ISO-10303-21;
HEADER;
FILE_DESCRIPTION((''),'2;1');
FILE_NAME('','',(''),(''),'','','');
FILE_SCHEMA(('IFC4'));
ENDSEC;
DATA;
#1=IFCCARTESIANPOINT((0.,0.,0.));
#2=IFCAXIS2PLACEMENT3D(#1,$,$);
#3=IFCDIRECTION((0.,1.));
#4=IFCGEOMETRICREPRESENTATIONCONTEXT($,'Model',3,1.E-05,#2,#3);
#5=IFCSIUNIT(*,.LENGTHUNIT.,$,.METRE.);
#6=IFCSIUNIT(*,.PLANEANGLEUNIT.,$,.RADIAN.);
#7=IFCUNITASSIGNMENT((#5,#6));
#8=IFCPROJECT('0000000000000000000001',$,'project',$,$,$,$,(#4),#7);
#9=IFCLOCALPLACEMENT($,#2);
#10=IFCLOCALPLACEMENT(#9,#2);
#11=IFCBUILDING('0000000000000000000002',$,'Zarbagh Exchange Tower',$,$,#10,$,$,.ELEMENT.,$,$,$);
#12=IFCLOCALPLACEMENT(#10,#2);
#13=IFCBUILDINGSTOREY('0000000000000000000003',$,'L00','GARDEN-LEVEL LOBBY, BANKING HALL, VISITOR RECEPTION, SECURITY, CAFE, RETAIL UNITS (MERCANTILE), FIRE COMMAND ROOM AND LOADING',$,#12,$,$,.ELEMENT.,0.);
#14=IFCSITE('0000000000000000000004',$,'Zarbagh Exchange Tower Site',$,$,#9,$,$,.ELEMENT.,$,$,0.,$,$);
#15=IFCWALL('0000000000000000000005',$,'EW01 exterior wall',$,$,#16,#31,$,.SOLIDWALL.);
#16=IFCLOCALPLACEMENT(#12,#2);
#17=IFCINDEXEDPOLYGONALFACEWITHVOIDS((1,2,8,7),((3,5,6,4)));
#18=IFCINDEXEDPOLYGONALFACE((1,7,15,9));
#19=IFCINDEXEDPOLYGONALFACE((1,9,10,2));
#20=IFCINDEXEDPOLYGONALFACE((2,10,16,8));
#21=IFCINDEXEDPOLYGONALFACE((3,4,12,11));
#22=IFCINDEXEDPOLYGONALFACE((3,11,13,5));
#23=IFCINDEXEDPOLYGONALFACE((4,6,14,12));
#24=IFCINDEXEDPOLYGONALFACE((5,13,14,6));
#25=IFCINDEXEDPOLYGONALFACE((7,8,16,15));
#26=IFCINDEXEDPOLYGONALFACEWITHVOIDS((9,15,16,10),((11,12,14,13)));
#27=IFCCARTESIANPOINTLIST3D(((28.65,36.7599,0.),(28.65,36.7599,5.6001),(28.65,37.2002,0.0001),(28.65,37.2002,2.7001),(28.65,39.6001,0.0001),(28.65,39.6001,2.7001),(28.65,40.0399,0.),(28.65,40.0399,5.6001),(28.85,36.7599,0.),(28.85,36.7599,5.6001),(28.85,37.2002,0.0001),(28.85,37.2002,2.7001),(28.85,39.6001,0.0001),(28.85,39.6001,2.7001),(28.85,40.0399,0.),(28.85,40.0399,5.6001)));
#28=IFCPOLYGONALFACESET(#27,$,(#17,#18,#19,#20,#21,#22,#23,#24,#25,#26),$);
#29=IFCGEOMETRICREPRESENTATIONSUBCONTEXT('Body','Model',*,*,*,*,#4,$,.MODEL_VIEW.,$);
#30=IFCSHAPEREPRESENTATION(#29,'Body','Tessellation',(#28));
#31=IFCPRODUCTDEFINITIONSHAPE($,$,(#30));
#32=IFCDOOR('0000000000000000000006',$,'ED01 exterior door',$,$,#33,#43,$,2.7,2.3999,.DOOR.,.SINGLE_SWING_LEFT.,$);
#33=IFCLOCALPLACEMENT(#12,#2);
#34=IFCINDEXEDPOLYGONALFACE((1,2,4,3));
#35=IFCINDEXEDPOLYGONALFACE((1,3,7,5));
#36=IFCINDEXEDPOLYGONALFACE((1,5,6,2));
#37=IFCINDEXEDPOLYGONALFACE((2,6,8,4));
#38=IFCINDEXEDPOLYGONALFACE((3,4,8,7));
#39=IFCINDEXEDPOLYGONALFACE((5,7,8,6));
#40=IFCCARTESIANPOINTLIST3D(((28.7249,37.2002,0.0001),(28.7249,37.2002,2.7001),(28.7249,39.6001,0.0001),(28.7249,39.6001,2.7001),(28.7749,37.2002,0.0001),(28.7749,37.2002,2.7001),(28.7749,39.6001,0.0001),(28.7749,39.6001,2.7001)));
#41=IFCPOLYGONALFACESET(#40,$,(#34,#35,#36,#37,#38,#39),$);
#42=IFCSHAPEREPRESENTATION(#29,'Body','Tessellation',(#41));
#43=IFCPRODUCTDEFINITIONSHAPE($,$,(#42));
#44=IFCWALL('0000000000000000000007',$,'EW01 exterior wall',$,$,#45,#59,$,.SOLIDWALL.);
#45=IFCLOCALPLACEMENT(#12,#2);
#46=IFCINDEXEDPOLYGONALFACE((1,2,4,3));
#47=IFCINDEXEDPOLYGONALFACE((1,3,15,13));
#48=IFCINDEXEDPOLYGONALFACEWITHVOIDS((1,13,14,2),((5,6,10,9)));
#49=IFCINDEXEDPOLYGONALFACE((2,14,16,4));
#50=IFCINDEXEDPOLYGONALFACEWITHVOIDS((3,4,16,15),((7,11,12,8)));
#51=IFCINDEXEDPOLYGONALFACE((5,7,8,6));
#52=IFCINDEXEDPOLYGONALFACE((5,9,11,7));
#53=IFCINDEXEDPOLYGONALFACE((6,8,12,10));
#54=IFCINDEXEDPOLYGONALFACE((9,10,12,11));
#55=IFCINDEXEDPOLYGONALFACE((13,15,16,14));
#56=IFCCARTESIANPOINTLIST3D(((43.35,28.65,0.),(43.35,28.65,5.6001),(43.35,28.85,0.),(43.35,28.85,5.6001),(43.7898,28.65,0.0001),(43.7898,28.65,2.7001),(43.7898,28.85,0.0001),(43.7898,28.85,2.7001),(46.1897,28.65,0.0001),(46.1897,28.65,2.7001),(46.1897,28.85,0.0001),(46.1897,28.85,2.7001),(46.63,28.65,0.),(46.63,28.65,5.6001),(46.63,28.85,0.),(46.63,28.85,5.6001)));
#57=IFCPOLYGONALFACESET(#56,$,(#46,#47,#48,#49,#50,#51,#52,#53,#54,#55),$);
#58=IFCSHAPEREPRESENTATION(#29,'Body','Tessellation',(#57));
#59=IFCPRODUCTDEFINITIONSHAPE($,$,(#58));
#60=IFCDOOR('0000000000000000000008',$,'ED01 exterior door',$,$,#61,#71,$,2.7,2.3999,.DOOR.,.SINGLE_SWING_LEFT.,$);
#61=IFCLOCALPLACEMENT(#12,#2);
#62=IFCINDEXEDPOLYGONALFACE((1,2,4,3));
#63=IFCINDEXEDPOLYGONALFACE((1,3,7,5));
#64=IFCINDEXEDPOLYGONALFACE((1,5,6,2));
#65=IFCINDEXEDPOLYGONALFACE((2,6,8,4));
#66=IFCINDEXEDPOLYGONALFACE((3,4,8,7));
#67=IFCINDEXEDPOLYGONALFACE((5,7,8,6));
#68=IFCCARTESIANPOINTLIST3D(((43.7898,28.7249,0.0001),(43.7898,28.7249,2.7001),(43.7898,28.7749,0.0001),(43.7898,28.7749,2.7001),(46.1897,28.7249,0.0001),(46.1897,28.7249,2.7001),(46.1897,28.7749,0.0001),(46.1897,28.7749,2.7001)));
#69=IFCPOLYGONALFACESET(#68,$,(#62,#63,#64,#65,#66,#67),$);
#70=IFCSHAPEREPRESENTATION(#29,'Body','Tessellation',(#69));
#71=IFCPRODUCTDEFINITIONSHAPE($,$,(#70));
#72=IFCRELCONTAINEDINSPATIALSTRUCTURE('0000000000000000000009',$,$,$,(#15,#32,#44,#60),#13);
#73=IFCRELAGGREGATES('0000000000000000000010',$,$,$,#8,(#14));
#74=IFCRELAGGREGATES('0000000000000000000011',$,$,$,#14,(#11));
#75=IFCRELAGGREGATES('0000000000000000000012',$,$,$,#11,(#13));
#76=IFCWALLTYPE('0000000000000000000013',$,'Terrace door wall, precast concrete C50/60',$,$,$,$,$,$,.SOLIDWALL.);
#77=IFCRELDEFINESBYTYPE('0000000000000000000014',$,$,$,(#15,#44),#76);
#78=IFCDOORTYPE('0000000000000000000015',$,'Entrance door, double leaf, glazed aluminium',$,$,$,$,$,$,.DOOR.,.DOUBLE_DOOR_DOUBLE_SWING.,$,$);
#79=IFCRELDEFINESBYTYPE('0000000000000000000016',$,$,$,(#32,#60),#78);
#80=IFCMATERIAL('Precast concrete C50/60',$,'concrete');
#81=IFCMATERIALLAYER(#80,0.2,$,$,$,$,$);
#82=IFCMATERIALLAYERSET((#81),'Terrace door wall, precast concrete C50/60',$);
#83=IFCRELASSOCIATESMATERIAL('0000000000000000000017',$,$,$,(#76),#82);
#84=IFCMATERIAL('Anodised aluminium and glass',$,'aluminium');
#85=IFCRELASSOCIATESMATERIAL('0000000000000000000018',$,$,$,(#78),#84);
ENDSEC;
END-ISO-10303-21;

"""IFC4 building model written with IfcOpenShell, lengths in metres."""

from ifc_helpers import new_model, si_unit, direction, frame, frame_2d, origin, place, context, subcontext, project, spatial, rectangle, extrude, material, layer, layer_set, type_object, element, fill, save


model = new_model("IFC4")

# Units and contexts
model_context = context("Model", 3, precision=1e-05, world=origin(), true_north=direction((0.0, 1.0)))
body_context = subcontext(model_context, "Body", "Model", "MODEL_VIEW")
ifc_project = project(units=[si_unit("LENGTHUNIT", "METRE"), si_unit("PLANEANGLEUNIT", "RADIAN")], contexts=[model_context])

# Site, building, storey
site_placement = place(None, origin())
site = spatial("IfcSite", under=ifc_project, at=site_placement, Name="Zarbagh Exchange Tower Site", CompositionType="ELEMENT", RefElevation=0.0)
building_placement = place(site_placement, origin())
building = spatial("IfcBuilding", under=site, at=building_placement, Name="Zarbagh Exchange Tower", CompositionType="ELEMENT")
storey_placement = place(building_placement, origin())
storey = spatial("IfcBuildingStorey", under=building, at=storey_placement, Name="L00", Description="GARDEN-LEVEL LOBBY, BANKING HALL, VISITOR RECEPTION, SECURITY, CAFE, RETAIL UNITS (MERCANTILE), FIRE COMMAND ROOM AND LOADING", CompositionType="ELEMENT", Elevation=0.0)

# Walls, openings, doors
ifc_material_1 = material(Name="Precast concrete C50/60", Category="concrete")
ifc_layer_1 = layer(ifc_material_1, 0.2)
ifc_layer_set_1 = layer_set([ifc_layer_1], Name="Terrace door wall, precast concrete C50/60")
wall_type_1 = type_object("IfcWallType", Name="Terrace door wall, precast concrete C50/60", PredefinedType="SOLIDWALL", material=ifc_layer_set_1)
wall_1_placement = place(storey_placement, frame((28.75, 40.04, 0.0), z_axis=(0.0, 0.0, 1.0), x_axis=(0.0, -1.0, 0.0)))
wall_1 = element("IfcWall", 1, at=wall_1_placement, inside=storey, type_object=wall_type_1, Name="EW01 exterior wall", PredefinedType="SOLIDWALL", context=body_context, shape_type="SweptSolid", body=[
    extrude(rectangle(XDim=3.28, YDim=0.2, at=frame_2d((1.6401, 0.0))), origin(), (0.0, 0.0, 1.0), 5.6001),
])
opening_1_placement = place(wall_1_placement, frame((0.4399, 0.0, 0.0)))
opening_1 = element("IfcOpeningElement", 2, at=opening_1_placement, cuts=wall_1, PredefinedType="OPENING", context=body_context, shape_type="SweptSolid", body=[
    extrude(rectangle(XDim=2.3999, YDim=2.7, at=frame_2d((1.2, 1.3501))), frame((0.0, 0.1099, 0.0), z_axis=(0.0, -1.0, 0.0), x_axis=(1.0, 0.0, 0.0)), (0.0, 0.0, 1.0), 0.22),
])
ifc_material_2 = material(Name="Anodised aluminium and glass", Category="aluminium")
door_type_1 = type_object("IfcDoorType", Name="Entrance door, double leaf, glazed aluminium", OperationType="DOUBLE_DOOR_DOUBLE_SWING", PredefinedType="DOOR", material=ifc_material_2)
door_1_placement = place(opening_1_placement, origin())
door_1 = element("IfcDoor", 3, at=door_1_placement, inside=storey, type_object=door_type_1, Name="ED01 exterior door", OperationType="SINGLE_SWING_LEFT", OverallHeight=2.7, OverallWidth=2.3999, PredefinedType="DOOR", context=body_context, shape_type="SweptSolid", body=[
    extrude(rectangle(XDim=2.3999, YDim=2.7, at=frame_2d((1.2, 1.3501))), frame((0.0, 0.0249, 0.0), z_axis=(0.0, -1.0, 0.0), x_axis=(1.0, 0.0, 0.0)), (0.0, 0.0, 1.0), 0.05),
])
fill(opening_1, door_1)
wall_2_placement = place(storey_placement, frame((43.3499, 28.75, 0.0), z_axis=(0.0, 0.0, 1.0), x_axis=(1.0, 0.0, 0.0)))
wall_2 = element("IfcWall", 4, at=wall_2_placement, inside=storey, type_object=wall_type_1, Name="EW01 exterior wall", PredefinedType="SOLIDWALL", context=body_context, shape_type="SweptSolid", body=[
    extrude(rectangle(XDim=3.28, YDim=0.2, at=frame_2d((1.6401, 0.0))), origin(), (0.0, 0.0, 1.0), 5.6001),
])
opening_2_placement = place(wall_2_placement, frame((0.4399, 0.0, 0.0)))
opening_2 = element("IfcOpeningElement", 5, at=opening_2_placement, cuts=wall_2, PredefinedType="OPENING", context=body_context, shape_type="SweptSolid", body=[
    extrude(rectangle(XDim=2.3999, YDim=2.7, at=frame_2d((1.2, 1.3501))), frame((0.0, 0.1099, 0.0), z_axis=(0.0, -1.0, 0.0), x_axis=(1.0, 0.0, 0.0)), (0.0, 0.0, 1.0), 0.22),
])
door_2_placement = place(opening_2_placement, origin())
door_2 = element("IfcDoor", 6, at=door_2_placement, inside=storey, type_object=door_type_1, Name="ED01 exterior door", OperationType="SINGLE_SWING_LEFT", OverallHeight=2.7, OverallWidth=2.3999, PredefinedType="DOOR", context=body_context, shape_type="SweptSolid", body=[
    extrude(rectangle(XDim=2.3999, YDim=2.7, at=frame_2d((1.2, 1.3501))), frame((0.0, 0.0249, 0.0), z_axis=(0.0, -1.0, 0.0), x_axis=(1.0, 0.0, 0.0)), (0.0, 0.0, 1.0), 0.05),
])
fill(opening_2, door_2)

save(model, "model.ifc")
